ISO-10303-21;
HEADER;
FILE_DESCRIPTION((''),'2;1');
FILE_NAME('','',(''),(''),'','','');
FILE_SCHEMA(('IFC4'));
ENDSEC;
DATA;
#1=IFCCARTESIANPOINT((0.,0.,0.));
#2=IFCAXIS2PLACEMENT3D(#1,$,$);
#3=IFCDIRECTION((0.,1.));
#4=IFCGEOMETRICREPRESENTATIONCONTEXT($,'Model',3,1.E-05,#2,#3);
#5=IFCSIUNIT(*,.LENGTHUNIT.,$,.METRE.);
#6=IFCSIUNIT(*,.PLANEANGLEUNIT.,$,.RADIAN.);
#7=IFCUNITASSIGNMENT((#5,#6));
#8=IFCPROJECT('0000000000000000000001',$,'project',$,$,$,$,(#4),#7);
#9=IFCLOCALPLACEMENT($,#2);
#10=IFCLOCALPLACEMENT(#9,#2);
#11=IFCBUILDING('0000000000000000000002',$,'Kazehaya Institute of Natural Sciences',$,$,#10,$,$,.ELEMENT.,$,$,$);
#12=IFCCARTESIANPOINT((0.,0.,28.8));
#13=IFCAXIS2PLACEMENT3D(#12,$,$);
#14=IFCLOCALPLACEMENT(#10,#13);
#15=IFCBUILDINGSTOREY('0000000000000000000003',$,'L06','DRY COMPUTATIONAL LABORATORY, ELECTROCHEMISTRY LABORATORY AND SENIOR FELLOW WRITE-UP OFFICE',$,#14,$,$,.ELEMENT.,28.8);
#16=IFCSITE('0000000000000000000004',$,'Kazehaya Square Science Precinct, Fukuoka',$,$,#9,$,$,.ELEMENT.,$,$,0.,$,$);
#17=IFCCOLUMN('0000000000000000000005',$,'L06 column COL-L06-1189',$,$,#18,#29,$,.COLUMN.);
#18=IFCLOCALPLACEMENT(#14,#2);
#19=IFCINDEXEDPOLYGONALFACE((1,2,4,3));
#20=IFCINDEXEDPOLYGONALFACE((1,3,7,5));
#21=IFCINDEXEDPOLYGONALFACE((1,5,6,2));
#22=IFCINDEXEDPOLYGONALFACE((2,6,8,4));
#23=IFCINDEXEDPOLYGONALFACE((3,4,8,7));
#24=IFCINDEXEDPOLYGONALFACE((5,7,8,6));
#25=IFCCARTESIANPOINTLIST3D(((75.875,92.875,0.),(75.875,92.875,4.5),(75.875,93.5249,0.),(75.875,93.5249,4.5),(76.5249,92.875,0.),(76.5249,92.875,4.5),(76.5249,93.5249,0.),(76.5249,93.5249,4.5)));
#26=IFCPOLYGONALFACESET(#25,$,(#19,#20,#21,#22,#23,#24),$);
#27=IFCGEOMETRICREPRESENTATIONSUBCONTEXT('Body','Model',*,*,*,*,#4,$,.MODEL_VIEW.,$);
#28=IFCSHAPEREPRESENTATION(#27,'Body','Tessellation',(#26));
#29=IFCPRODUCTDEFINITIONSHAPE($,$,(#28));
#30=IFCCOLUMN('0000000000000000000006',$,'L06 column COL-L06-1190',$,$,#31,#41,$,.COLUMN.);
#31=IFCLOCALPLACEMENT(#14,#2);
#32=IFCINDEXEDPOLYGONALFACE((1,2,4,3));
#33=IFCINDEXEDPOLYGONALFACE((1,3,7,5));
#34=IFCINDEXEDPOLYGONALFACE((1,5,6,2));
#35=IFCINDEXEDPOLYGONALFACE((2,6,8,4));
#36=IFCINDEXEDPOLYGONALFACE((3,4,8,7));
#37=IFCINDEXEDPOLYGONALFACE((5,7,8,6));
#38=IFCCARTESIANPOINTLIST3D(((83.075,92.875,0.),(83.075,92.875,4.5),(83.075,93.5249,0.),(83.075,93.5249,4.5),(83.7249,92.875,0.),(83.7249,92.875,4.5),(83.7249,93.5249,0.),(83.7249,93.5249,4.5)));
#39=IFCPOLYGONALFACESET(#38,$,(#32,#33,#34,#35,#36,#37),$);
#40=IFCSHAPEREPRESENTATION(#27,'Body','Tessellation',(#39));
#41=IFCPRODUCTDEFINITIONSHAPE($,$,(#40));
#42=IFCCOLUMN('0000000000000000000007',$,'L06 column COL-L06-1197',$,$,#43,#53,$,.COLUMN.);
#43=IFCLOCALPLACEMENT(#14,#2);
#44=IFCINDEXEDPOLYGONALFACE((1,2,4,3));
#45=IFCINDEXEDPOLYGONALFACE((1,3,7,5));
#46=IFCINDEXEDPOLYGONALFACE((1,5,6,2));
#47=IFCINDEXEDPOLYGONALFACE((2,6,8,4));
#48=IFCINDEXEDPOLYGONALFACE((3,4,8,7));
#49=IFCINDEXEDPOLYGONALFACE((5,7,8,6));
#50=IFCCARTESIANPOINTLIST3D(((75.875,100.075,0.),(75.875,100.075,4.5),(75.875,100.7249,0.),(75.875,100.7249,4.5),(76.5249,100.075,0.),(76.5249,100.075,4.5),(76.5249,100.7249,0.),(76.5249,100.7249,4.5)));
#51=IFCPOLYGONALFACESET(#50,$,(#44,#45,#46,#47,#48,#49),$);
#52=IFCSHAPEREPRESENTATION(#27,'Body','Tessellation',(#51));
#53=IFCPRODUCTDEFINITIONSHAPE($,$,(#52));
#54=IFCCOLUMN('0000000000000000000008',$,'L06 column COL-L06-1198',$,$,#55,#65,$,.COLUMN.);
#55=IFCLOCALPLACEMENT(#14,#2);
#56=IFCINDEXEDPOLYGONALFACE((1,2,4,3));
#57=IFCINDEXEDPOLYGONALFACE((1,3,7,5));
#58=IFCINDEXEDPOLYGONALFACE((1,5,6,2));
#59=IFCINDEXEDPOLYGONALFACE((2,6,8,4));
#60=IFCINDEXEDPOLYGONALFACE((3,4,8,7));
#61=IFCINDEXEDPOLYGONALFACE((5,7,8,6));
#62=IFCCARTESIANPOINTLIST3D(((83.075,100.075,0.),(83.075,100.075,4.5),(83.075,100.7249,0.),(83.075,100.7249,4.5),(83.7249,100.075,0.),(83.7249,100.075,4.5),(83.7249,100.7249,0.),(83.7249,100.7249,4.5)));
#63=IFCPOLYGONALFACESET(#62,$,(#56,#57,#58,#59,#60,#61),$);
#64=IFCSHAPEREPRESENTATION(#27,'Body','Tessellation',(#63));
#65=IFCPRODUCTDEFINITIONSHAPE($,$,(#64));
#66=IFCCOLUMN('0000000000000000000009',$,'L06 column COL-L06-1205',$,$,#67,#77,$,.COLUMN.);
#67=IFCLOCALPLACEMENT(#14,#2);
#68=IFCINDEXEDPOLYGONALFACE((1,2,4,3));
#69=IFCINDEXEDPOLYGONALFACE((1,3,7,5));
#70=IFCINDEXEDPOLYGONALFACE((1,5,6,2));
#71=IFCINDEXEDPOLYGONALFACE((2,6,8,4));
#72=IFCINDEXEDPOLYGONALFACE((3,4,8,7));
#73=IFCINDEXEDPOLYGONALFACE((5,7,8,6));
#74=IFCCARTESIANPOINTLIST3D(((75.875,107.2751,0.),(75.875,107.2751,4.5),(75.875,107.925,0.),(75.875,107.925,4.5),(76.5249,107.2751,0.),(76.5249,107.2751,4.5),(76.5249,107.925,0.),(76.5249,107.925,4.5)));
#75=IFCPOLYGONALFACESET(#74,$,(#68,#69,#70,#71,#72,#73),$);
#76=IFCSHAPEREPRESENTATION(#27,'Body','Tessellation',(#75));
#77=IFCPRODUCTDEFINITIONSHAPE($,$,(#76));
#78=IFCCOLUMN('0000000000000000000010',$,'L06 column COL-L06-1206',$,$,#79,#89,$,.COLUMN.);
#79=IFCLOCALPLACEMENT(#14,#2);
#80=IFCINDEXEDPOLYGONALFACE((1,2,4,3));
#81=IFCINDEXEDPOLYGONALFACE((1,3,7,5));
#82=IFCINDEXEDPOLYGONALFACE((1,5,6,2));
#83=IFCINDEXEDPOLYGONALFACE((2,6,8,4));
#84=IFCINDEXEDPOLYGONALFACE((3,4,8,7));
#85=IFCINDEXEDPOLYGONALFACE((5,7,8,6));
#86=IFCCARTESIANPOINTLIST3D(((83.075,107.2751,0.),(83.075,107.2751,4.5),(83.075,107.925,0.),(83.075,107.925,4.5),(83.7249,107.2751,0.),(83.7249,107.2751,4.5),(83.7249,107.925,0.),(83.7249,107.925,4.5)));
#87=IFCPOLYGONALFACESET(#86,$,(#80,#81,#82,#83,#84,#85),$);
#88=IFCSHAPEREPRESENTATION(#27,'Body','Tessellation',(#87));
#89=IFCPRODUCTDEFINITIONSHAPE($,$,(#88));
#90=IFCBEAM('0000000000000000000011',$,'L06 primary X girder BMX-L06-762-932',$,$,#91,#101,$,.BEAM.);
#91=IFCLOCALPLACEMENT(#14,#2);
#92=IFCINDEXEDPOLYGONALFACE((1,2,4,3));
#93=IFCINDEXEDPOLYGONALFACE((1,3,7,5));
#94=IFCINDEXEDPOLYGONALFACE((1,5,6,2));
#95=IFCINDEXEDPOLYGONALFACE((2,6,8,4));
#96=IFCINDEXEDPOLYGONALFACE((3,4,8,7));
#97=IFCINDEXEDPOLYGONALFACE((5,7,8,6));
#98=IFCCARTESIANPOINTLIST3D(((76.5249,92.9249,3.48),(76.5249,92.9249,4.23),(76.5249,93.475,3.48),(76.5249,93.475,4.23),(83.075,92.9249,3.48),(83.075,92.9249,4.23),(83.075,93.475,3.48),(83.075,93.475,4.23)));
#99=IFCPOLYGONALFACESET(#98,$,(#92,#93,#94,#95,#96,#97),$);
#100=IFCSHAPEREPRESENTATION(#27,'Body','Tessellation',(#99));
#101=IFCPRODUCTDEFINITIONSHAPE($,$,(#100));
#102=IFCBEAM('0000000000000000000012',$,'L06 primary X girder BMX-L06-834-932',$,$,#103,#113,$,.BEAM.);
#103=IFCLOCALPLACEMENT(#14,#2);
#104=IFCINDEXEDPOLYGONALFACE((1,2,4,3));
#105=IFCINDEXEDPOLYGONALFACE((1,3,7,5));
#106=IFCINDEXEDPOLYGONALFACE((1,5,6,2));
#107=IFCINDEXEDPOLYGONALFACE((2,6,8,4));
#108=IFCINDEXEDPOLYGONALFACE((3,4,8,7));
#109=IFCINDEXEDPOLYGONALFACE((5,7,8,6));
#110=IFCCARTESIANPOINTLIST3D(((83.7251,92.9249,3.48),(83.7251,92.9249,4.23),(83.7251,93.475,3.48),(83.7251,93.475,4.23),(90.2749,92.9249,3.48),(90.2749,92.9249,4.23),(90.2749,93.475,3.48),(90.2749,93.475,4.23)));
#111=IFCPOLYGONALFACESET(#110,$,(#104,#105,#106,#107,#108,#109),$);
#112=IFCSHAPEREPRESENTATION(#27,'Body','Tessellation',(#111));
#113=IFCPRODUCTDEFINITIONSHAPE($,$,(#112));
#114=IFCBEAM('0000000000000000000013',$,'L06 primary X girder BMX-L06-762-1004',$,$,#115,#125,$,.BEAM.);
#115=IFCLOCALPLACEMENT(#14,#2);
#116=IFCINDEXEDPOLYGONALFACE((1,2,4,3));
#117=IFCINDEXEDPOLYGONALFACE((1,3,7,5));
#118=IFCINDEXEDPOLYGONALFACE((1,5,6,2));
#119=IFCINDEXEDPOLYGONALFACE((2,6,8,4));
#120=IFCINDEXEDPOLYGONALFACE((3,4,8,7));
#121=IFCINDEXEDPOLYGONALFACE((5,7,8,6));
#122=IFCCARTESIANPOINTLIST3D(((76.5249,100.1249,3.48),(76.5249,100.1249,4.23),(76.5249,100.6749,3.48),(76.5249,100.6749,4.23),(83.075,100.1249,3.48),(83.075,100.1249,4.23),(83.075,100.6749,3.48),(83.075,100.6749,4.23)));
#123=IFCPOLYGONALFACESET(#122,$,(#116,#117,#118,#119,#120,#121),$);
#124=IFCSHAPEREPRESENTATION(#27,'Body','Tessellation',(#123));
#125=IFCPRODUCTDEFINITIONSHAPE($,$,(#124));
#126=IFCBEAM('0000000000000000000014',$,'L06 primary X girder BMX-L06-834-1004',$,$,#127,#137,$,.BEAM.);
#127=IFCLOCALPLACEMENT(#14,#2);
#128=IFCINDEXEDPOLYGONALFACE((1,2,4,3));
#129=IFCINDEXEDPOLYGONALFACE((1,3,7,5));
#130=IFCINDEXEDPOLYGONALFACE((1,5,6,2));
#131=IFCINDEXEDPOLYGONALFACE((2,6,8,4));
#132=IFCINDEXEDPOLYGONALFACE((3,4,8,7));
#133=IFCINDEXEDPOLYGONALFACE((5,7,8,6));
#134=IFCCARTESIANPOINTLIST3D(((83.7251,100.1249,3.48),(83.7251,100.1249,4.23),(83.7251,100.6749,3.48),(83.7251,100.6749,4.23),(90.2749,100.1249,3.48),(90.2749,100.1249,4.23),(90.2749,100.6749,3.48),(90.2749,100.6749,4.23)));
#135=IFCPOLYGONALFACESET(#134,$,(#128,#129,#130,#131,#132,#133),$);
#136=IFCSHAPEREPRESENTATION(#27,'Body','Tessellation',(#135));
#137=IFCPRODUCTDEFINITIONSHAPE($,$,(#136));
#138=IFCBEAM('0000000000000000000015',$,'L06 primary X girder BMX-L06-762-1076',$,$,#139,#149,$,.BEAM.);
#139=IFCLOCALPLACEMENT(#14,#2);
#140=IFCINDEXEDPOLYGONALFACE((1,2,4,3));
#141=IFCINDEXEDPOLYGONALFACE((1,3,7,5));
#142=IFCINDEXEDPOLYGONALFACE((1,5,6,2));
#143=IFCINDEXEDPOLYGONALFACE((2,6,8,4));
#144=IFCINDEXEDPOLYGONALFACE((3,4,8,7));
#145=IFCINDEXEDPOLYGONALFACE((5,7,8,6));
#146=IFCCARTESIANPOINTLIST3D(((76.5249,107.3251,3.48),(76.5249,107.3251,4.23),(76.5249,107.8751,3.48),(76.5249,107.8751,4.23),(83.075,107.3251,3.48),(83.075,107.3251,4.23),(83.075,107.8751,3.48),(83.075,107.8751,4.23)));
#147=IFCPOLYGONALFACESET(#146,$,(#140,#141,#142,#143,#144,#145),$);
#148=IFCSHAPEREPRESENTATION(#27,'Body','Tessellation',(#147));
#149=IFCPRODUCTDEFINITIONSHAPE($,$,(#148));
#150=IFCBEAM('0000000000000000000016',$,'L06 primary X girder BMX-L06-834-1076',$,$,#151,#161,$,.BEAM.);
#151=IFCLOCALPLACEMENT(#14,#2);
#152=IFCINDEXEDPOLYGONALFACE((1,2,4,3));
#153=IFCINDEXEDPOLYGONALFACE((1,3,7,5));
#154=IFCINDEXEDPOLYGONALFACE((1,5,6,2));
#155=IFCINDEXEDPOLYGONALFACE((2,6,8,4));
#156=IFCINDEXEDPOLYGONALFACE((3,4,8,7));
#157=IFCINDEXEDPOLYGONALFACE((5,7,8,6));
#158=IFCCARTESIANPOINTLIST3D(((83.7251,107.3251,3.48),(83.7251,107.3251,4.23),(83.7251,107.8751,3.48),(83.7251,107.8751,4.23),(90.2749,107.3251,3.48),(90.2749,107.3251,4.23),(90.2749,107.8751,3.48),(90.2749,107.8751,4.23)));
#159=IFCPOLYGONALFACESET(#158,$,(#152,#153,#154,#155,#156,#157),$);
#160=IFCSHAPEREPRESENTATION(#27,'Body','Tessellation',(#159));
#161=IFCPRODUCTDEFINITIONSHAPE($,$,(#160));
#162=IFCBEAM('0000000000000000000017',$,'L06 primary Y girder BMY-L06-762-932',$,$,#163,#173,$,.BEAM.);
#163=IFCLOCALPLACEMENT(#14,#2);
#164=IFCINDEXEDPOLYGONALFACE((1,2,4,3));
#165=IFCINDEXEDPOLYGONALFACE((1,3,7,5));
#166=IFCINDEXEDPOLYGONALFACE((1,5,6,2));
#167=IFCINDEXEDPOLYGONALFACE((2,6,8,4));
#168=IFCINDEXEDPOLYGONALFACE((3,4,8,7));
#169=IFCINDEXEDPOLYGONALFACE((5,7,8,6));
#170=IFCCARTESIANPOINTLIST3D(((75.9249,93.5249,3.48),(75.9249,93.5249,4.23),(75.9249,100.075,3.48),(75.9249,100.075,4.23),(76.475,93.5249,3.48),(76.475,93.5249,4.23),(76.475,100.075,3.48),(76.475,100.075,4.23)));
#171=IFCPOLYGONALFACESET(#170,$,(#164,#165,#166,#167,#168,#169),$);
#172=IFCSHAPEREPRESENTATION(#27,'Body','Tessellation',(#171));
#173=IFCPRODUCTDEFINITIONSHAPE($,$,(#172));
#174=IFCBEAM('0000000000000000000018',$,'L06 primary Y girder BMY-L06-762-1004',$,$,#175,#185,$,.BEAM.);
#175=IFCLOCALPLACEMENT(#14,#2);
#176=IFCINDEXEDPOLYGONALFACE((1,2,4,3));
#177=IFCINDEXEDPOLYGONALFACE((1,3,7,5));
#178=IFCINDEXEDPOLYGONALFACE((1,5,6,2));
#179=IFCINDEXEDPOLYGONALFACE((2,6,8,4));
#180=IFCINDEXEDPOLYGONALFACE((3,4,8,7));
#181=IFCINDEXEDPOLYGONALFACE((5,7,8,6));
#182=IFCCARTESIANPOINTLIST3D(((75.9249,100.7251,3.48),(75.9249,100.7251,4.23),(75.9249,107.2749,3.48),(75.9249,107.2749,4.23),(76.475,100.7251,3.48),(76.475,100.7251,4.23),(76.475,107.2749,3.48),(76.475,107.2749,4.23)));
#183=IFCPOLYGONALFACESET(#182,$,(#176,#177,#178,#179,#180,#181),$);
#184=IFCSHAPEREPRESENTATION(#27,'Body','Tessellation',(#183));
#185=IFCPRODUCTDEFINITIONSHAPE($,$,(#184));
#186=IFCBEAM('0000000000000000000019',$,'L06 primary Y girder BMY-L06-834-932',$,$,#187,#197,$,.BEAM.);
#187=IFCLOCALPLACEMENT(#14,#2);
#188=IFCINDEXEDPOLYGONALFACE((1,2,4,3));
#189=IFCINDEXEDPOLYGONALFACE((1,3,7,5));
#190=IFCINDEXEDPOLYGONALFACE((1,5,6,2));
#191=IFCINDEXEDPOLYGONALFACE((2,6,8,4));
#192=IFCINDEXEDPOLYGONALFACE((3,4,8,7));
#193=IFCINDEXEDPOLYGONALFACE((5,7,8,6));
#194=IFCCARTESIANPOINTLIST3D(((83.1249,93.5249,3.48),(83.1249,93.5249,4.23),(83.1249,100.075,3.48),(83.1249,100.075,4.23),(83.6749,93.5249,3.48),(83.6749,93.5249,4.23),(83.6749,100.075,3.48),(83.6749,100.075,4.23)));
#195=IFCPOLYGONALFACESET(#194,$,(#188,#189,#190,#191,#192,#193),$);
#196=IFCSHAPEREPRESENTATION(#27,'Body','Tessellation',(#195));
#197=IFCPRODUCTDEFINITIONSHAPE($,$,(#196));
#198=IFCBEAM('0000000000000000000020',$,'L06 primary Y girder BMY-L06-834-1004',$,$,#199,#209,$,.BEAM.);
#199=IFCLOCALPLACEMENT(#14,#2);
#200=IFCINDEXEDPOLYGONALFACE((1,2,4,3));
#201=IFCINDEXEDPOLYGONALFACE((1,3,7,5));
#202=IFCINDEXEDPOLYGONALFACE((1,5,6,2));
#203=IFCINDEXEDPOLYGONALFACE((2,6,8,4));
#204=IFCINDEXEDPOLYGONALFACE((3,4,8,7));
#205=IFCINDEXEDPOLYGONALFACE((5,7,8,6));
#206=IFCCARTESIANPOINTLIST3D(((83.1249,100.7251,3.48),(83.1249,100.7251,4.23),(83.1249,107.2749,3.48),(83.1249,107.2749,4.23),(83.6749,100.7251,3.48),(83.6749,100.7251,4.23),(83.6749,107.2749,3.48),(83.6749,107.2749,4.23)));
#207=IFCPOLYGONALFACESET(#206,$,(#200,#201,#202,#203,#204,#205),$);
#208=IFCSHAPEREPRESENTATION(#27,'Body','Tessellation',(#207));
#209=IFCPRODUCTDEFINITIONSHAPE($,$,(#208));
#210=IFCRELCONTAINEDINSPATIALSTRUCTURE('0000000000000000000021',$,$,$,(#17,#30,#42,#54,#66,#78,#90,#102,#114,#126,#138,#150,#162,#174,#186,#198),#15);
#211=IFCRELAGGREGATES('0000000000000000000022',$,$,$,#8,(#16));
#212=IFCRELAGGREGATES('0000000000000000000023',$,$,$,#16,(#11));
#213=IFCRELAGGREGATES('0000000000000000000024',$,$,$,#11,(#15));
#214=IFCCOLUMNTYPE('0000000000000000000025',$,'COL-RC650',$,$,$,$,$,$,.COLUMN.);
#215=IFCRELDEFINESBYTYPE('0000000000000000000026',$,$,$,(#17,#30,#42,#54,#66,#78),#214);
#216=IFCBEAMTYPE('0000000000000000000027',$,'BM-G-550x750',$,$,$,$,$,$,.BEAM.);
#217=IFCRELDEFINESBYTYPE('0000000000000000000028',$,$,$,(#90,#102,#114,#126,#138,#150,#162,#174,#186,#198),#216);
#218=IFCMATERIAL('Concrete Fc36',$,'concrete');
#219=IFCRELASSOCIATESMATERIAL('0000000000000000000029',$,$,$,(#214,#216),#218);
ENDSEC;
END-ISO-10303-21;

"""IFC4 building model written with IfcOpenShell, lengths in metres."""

from ifc_helpers import new_model, si_unit, direction, frame, origin, origin_2d, place, context, subcontext, project, spatial, rectangle, extrude, material, material_profile, profile_set, type_object, element, save


model = new_model("IFC4")

# Units and contexts
model_context = context("Model", 3, precision=1e-05, world=origin(), true_north=direction((0.0, 1.0)))
body_context = subcontext(model_context, "Body", "Model", "MODEL_VIEW")
ifc_project = project(units=[si_unit("LENGTHUNIT", "METRE"), si_unit("PLANEANGLEUNIT", "RADIAN")], contexts=[model_context])

# Site, building, storey
site_placement = place(None, origin())
site = spatial("IfcSite", under=ifc_project, at=site_placement, Name="Kazehaya Square Science Precinct, Fukuoka", CompositionType="ELEMENT", RefElevation=0.0)
building_placement = place(site_placement, origin())
building = spatial("IfcBuilding", under=site, at=building_placement, Name="Kazehaya Institute of Natural Sciences", CompositionType="ELEMENT")
storey_placement = place(building_placement, frame((0.0, 0.0, 28.8)))
storey = spatial("IfcBuildingStorey", under=building, at=storey_placement, Name="L06", Description="DRY COMPUTATIONAL LABORATORY, ELECTROCHEMISTRY LABORATORY AND SENIOR FELLOW WRITE-UP OFFICE", CompositionType="ELEMENT", Elevation=28.8)

# Columns
ifc_material_1 = material(Name="Concrete Fc36", Category="concrete")
ifc_material_profile_1 = material_profile(ifc_material_1, rectangle(XDim=0.6499, YDim=0.6499, at=origin_2d()), Name="RC-650x650")
ifc_profile_set_1 = profile_set([ifc_material_profile_1], Name="Concrete Fc36")
column_type = type_object("IfcColumnType", Name="COL-RC650", PredefinedType="COLUMN", material=ifc_profile_set_1)
for number, where, z_axis, x_axis, name in (
    (1, (76.2, 93.2, 0.0), (0.0, 0.0, 1.0), (1.0, 0.0, 0.0), "L06 column COL-L06-1189"),
    (2, (83.3999, 93.2, 0.0), (0.0, 0.0, 1.0), (1.0, 0.0, 0.0), "L06 column COL-L06-1190"),
    (3, (76.2, 100.3999, 0.0), (0.0, 0.0, 1.0), (1.0, 0.0, 0.0), "L06 column COL-L06-1197"),
    (4, (83.3999, 100.3999, 0.0), (0.0, 0.0, 1.0), (1.0, 0.0, 0.0), "L06 column COL-L06-1198"),
    (5, (76.2, 107.6001, 0.0), (0.0, 0.0, 1.0), (1.0, 0.0, 0.0), "L06 column COL-L06-1205"),
    (6, (83.3999, 107.6001, 0.0), (0.0, 0.0, 1.0), (1.0, 0.0, 0.0), "L06 column COL-L06-1206"),
):
    element("IfcColumn", number, at=place(storey_placement, frame(where, z_axis=z_axis, x_axis=x_axis)), inside=storey, type_object=column_type, Name=name, PredefinedType="COLUMN", context=body_context, shape_type="SweptSolid", body=[
        extrude(rectangle(XDim=0.6499, YDim=0.6499, at=origin_2d()), origin(), (0.0, 0.0, 1.0), 4.5),
    ])

# Beams
ifc_material_profile_2 = material_profile(ifc_material_1, rectangle(XDim=0.55, YDim=0.75, at=origin_2d()), Name="RC-550x750")
ifc_profile_set_2 = profile_set([ifc_material_profile_2], Name="Concrete Fc36")
beam_type = type_object("IfcBeamType", Name="BM-G-550x750", PredefinedType="BEAM", material=ifc_profile_set_2)
beam_1_placement = place(storey_placement, frame((76.5249, 93.2, 3.855), z_axis=(1.0, 0.0, 0.0), x_axis=(0.0, 1.0, 0.0)))
element("IfcBeam", 7, at=beam_1_placement, inside=storey, type_object=beam_type, Name="L06 primary X girder BMX-L06-762-932", PredefinedType="BEAM", context=body_context, shape_type="SweptSolid", body=[
    extrude(rectangle(XDim=0.55, YDim=0.75, at=origin_2d()), origin(), (0.0, 0.0, 1.0), 6.55),
])
beam_2_placement = place(storey_placement, frame((83.7251, 93.2, 3.855), z_axis=(1.0, 0.0, 0.0), x_axis=(0.0, 1.0, 0.0)))
element("IfcBeam", 8, at=beam_2_placement, inside=storey, type_object=beam_type, Name="L06 primary X girder BMX-L06-834-932", PredefinedType="BEAM", context=body_context, shape_type="SweptSolid", body=[
    extrude(rectangle(XDim=0.55, YDim=0.75, at=origin_2d()), origin(), (0.0, 0.0, 1.0), 6.5498),
])
beam_3_placement = place(storey_placement, frame((76.5249, 100.3999, 3.855), z_axis=(1.0, 0.0, 0.0), x_axis=(0.0, 1.0, 0.0)))
element("IfcBeam", 9, at=beam_3_placement, inside=storey, type_object=beam_type, Name="L06 primary X girder BMX-L06-762-1004", PredefinedType="BEAM", context=body_context, shape_type="SweptSolid", body=[
    extrude(rectangle(XDim=0.55, YDim=0.75, at=origin_2d()), origin(), (0.0, 0.0, 1.0), 6.55),
])
beam_4_placement = place(storey_placement, frame((83.7251, 100.3999, 3.855), z_axis=(1.0, 0.0, 0.0), x_axis=(0.0, 1.0, 0.0)))
element("IfcBeam", 10, at=beam_4_placement, inside=storey, type_object=beam_type, Name="L06 primary X girder BMX-L06-834-1004", PredefinedType="BEAM", context=body_context, shape_type="SweptSolid", body=[
    extrude(rectangle(XDim=0.55, YDim=0.75, at=origin_2d()), origin(), (0.0, 0.0, 1.0), 6.5498),
])
beam_5_placement = place(storey_placement, frame((76.5249, 107.6001, 3.855), z_axis=(1.0, 0.0, 0.0), x_axis=(0.0, 1.0, 0.0)))
element("IfcBeam", 11, at=beam_5_placement, inside=storey, type_object=beam_type, Name="L06 primary X girder BMX-L06-762-1076", PredefinedType="BEAM", context=body_context, shape_type="SweptSolid", body=[
    extrude(rectangle(XDim=0.55, YDim=0.75, at=origin_2d()), origin(), (0.0, 0.0, 1.0), 6.55),
])
beam_6_placement = place(storey_placement, frame((83.7251, 107.6001, 3.855), z_axis=(1.0, 0.0, 0.0), x_axis=(0.0, 1.0, 0.0)))
element("IfcBeam", 12, at=beam_6_placement, inside=storey, type_object=beam_type, Name="L06 primary X girder BMX-L06-834-1076", PredefinedType="BEAM", context=body_context, shape_type="SweptSolid", body=[
    extrude(rectangle(XDim=0.55, YDim=0.75, at=origin_2d()), origin(), (0.0, 0.0, 1.0), 6.5498),
])
beam_7_placement = place(storey_placement, frame((76.2, 93.5249, 3.855), z_axis=(0.0, 1.0, 0.0), x_axis=(-1.0, 0.0, 0.0)))
element("IfcBeam", 13, at=beam_7_placement, inside=storey, type_object=beam_type, Name="L06 primary Y girder BMY-L06-762-932", PredefinedType="BEAM", context=body_context, shape_type="SweptSolid", body=[
    extrude(rectangle(XDim=0.55, YDim=0.75, at=origin_2d()), origin(), (0.0, 0.0, 1.0), 6.55),
])
beam_8_placement = place(storey_placement, frame((76.2, 100.7251, 3.855), z_axis=(0.0, 1.0, 0.0), x_axis=(-1.0, 0.0, 0.0)))
element("IfcBeam", 14, at=beam_8_placement, inside=storey, type_object=beam_type, Name="L06 primary Y girder BMY-L06-762-1004", PredefinedType="BEAM", context=body_context, shape_type="SweptSolid", body=[
    extrude(rectangle(XDim=0.55, YDim=0.75, at=origin_2d()), origin(), (0.0, 0.0, 1.0), 6.5498),
])
beam_9_placement = place(storey_placement, frame((83.3999, 93.5249, 3.855), z_axis=(0.0, 1.0, 0.0), x_axis=(-1.0, 0.0, 0.0)))
element("IfcBeam", 15, at=beam_9_placement, inside=storey, type_object=beam_type, Name="L06 primary Y girder BMY-L06-834-932", PredefinedType="BEAM", context=body_context, shape_type="SweptSolid", body=[
    extrude(rectangle(XDim=0.55, YDim=0.75, at=origin_2d()), origin(), (0.0, 0.0, 1.0), 6.55),
])
beam_10_placement = place(storey_placement, frame((83.3999, 100.7251, 3.855), z_axis=(0.0, 1.0, 0.0), x_axis=(-1.0, 0.0, 0.0)))
element("IfcBeam", 16, at=beam_10_placement, inside=storey, type_object=beam_type, Name="L06 primary Y girder BMY-L06-834-1004", PredefinedType="BEAM", context=body_context, shape_type="SweptSolid", body=[
    extrude(rectangle(XDim=0.55, YDim=0.75, at=origin_2d()), origin(), (0.0, 0.0, 1.0), 6.5498),
])

save(model, "model.ifc")
